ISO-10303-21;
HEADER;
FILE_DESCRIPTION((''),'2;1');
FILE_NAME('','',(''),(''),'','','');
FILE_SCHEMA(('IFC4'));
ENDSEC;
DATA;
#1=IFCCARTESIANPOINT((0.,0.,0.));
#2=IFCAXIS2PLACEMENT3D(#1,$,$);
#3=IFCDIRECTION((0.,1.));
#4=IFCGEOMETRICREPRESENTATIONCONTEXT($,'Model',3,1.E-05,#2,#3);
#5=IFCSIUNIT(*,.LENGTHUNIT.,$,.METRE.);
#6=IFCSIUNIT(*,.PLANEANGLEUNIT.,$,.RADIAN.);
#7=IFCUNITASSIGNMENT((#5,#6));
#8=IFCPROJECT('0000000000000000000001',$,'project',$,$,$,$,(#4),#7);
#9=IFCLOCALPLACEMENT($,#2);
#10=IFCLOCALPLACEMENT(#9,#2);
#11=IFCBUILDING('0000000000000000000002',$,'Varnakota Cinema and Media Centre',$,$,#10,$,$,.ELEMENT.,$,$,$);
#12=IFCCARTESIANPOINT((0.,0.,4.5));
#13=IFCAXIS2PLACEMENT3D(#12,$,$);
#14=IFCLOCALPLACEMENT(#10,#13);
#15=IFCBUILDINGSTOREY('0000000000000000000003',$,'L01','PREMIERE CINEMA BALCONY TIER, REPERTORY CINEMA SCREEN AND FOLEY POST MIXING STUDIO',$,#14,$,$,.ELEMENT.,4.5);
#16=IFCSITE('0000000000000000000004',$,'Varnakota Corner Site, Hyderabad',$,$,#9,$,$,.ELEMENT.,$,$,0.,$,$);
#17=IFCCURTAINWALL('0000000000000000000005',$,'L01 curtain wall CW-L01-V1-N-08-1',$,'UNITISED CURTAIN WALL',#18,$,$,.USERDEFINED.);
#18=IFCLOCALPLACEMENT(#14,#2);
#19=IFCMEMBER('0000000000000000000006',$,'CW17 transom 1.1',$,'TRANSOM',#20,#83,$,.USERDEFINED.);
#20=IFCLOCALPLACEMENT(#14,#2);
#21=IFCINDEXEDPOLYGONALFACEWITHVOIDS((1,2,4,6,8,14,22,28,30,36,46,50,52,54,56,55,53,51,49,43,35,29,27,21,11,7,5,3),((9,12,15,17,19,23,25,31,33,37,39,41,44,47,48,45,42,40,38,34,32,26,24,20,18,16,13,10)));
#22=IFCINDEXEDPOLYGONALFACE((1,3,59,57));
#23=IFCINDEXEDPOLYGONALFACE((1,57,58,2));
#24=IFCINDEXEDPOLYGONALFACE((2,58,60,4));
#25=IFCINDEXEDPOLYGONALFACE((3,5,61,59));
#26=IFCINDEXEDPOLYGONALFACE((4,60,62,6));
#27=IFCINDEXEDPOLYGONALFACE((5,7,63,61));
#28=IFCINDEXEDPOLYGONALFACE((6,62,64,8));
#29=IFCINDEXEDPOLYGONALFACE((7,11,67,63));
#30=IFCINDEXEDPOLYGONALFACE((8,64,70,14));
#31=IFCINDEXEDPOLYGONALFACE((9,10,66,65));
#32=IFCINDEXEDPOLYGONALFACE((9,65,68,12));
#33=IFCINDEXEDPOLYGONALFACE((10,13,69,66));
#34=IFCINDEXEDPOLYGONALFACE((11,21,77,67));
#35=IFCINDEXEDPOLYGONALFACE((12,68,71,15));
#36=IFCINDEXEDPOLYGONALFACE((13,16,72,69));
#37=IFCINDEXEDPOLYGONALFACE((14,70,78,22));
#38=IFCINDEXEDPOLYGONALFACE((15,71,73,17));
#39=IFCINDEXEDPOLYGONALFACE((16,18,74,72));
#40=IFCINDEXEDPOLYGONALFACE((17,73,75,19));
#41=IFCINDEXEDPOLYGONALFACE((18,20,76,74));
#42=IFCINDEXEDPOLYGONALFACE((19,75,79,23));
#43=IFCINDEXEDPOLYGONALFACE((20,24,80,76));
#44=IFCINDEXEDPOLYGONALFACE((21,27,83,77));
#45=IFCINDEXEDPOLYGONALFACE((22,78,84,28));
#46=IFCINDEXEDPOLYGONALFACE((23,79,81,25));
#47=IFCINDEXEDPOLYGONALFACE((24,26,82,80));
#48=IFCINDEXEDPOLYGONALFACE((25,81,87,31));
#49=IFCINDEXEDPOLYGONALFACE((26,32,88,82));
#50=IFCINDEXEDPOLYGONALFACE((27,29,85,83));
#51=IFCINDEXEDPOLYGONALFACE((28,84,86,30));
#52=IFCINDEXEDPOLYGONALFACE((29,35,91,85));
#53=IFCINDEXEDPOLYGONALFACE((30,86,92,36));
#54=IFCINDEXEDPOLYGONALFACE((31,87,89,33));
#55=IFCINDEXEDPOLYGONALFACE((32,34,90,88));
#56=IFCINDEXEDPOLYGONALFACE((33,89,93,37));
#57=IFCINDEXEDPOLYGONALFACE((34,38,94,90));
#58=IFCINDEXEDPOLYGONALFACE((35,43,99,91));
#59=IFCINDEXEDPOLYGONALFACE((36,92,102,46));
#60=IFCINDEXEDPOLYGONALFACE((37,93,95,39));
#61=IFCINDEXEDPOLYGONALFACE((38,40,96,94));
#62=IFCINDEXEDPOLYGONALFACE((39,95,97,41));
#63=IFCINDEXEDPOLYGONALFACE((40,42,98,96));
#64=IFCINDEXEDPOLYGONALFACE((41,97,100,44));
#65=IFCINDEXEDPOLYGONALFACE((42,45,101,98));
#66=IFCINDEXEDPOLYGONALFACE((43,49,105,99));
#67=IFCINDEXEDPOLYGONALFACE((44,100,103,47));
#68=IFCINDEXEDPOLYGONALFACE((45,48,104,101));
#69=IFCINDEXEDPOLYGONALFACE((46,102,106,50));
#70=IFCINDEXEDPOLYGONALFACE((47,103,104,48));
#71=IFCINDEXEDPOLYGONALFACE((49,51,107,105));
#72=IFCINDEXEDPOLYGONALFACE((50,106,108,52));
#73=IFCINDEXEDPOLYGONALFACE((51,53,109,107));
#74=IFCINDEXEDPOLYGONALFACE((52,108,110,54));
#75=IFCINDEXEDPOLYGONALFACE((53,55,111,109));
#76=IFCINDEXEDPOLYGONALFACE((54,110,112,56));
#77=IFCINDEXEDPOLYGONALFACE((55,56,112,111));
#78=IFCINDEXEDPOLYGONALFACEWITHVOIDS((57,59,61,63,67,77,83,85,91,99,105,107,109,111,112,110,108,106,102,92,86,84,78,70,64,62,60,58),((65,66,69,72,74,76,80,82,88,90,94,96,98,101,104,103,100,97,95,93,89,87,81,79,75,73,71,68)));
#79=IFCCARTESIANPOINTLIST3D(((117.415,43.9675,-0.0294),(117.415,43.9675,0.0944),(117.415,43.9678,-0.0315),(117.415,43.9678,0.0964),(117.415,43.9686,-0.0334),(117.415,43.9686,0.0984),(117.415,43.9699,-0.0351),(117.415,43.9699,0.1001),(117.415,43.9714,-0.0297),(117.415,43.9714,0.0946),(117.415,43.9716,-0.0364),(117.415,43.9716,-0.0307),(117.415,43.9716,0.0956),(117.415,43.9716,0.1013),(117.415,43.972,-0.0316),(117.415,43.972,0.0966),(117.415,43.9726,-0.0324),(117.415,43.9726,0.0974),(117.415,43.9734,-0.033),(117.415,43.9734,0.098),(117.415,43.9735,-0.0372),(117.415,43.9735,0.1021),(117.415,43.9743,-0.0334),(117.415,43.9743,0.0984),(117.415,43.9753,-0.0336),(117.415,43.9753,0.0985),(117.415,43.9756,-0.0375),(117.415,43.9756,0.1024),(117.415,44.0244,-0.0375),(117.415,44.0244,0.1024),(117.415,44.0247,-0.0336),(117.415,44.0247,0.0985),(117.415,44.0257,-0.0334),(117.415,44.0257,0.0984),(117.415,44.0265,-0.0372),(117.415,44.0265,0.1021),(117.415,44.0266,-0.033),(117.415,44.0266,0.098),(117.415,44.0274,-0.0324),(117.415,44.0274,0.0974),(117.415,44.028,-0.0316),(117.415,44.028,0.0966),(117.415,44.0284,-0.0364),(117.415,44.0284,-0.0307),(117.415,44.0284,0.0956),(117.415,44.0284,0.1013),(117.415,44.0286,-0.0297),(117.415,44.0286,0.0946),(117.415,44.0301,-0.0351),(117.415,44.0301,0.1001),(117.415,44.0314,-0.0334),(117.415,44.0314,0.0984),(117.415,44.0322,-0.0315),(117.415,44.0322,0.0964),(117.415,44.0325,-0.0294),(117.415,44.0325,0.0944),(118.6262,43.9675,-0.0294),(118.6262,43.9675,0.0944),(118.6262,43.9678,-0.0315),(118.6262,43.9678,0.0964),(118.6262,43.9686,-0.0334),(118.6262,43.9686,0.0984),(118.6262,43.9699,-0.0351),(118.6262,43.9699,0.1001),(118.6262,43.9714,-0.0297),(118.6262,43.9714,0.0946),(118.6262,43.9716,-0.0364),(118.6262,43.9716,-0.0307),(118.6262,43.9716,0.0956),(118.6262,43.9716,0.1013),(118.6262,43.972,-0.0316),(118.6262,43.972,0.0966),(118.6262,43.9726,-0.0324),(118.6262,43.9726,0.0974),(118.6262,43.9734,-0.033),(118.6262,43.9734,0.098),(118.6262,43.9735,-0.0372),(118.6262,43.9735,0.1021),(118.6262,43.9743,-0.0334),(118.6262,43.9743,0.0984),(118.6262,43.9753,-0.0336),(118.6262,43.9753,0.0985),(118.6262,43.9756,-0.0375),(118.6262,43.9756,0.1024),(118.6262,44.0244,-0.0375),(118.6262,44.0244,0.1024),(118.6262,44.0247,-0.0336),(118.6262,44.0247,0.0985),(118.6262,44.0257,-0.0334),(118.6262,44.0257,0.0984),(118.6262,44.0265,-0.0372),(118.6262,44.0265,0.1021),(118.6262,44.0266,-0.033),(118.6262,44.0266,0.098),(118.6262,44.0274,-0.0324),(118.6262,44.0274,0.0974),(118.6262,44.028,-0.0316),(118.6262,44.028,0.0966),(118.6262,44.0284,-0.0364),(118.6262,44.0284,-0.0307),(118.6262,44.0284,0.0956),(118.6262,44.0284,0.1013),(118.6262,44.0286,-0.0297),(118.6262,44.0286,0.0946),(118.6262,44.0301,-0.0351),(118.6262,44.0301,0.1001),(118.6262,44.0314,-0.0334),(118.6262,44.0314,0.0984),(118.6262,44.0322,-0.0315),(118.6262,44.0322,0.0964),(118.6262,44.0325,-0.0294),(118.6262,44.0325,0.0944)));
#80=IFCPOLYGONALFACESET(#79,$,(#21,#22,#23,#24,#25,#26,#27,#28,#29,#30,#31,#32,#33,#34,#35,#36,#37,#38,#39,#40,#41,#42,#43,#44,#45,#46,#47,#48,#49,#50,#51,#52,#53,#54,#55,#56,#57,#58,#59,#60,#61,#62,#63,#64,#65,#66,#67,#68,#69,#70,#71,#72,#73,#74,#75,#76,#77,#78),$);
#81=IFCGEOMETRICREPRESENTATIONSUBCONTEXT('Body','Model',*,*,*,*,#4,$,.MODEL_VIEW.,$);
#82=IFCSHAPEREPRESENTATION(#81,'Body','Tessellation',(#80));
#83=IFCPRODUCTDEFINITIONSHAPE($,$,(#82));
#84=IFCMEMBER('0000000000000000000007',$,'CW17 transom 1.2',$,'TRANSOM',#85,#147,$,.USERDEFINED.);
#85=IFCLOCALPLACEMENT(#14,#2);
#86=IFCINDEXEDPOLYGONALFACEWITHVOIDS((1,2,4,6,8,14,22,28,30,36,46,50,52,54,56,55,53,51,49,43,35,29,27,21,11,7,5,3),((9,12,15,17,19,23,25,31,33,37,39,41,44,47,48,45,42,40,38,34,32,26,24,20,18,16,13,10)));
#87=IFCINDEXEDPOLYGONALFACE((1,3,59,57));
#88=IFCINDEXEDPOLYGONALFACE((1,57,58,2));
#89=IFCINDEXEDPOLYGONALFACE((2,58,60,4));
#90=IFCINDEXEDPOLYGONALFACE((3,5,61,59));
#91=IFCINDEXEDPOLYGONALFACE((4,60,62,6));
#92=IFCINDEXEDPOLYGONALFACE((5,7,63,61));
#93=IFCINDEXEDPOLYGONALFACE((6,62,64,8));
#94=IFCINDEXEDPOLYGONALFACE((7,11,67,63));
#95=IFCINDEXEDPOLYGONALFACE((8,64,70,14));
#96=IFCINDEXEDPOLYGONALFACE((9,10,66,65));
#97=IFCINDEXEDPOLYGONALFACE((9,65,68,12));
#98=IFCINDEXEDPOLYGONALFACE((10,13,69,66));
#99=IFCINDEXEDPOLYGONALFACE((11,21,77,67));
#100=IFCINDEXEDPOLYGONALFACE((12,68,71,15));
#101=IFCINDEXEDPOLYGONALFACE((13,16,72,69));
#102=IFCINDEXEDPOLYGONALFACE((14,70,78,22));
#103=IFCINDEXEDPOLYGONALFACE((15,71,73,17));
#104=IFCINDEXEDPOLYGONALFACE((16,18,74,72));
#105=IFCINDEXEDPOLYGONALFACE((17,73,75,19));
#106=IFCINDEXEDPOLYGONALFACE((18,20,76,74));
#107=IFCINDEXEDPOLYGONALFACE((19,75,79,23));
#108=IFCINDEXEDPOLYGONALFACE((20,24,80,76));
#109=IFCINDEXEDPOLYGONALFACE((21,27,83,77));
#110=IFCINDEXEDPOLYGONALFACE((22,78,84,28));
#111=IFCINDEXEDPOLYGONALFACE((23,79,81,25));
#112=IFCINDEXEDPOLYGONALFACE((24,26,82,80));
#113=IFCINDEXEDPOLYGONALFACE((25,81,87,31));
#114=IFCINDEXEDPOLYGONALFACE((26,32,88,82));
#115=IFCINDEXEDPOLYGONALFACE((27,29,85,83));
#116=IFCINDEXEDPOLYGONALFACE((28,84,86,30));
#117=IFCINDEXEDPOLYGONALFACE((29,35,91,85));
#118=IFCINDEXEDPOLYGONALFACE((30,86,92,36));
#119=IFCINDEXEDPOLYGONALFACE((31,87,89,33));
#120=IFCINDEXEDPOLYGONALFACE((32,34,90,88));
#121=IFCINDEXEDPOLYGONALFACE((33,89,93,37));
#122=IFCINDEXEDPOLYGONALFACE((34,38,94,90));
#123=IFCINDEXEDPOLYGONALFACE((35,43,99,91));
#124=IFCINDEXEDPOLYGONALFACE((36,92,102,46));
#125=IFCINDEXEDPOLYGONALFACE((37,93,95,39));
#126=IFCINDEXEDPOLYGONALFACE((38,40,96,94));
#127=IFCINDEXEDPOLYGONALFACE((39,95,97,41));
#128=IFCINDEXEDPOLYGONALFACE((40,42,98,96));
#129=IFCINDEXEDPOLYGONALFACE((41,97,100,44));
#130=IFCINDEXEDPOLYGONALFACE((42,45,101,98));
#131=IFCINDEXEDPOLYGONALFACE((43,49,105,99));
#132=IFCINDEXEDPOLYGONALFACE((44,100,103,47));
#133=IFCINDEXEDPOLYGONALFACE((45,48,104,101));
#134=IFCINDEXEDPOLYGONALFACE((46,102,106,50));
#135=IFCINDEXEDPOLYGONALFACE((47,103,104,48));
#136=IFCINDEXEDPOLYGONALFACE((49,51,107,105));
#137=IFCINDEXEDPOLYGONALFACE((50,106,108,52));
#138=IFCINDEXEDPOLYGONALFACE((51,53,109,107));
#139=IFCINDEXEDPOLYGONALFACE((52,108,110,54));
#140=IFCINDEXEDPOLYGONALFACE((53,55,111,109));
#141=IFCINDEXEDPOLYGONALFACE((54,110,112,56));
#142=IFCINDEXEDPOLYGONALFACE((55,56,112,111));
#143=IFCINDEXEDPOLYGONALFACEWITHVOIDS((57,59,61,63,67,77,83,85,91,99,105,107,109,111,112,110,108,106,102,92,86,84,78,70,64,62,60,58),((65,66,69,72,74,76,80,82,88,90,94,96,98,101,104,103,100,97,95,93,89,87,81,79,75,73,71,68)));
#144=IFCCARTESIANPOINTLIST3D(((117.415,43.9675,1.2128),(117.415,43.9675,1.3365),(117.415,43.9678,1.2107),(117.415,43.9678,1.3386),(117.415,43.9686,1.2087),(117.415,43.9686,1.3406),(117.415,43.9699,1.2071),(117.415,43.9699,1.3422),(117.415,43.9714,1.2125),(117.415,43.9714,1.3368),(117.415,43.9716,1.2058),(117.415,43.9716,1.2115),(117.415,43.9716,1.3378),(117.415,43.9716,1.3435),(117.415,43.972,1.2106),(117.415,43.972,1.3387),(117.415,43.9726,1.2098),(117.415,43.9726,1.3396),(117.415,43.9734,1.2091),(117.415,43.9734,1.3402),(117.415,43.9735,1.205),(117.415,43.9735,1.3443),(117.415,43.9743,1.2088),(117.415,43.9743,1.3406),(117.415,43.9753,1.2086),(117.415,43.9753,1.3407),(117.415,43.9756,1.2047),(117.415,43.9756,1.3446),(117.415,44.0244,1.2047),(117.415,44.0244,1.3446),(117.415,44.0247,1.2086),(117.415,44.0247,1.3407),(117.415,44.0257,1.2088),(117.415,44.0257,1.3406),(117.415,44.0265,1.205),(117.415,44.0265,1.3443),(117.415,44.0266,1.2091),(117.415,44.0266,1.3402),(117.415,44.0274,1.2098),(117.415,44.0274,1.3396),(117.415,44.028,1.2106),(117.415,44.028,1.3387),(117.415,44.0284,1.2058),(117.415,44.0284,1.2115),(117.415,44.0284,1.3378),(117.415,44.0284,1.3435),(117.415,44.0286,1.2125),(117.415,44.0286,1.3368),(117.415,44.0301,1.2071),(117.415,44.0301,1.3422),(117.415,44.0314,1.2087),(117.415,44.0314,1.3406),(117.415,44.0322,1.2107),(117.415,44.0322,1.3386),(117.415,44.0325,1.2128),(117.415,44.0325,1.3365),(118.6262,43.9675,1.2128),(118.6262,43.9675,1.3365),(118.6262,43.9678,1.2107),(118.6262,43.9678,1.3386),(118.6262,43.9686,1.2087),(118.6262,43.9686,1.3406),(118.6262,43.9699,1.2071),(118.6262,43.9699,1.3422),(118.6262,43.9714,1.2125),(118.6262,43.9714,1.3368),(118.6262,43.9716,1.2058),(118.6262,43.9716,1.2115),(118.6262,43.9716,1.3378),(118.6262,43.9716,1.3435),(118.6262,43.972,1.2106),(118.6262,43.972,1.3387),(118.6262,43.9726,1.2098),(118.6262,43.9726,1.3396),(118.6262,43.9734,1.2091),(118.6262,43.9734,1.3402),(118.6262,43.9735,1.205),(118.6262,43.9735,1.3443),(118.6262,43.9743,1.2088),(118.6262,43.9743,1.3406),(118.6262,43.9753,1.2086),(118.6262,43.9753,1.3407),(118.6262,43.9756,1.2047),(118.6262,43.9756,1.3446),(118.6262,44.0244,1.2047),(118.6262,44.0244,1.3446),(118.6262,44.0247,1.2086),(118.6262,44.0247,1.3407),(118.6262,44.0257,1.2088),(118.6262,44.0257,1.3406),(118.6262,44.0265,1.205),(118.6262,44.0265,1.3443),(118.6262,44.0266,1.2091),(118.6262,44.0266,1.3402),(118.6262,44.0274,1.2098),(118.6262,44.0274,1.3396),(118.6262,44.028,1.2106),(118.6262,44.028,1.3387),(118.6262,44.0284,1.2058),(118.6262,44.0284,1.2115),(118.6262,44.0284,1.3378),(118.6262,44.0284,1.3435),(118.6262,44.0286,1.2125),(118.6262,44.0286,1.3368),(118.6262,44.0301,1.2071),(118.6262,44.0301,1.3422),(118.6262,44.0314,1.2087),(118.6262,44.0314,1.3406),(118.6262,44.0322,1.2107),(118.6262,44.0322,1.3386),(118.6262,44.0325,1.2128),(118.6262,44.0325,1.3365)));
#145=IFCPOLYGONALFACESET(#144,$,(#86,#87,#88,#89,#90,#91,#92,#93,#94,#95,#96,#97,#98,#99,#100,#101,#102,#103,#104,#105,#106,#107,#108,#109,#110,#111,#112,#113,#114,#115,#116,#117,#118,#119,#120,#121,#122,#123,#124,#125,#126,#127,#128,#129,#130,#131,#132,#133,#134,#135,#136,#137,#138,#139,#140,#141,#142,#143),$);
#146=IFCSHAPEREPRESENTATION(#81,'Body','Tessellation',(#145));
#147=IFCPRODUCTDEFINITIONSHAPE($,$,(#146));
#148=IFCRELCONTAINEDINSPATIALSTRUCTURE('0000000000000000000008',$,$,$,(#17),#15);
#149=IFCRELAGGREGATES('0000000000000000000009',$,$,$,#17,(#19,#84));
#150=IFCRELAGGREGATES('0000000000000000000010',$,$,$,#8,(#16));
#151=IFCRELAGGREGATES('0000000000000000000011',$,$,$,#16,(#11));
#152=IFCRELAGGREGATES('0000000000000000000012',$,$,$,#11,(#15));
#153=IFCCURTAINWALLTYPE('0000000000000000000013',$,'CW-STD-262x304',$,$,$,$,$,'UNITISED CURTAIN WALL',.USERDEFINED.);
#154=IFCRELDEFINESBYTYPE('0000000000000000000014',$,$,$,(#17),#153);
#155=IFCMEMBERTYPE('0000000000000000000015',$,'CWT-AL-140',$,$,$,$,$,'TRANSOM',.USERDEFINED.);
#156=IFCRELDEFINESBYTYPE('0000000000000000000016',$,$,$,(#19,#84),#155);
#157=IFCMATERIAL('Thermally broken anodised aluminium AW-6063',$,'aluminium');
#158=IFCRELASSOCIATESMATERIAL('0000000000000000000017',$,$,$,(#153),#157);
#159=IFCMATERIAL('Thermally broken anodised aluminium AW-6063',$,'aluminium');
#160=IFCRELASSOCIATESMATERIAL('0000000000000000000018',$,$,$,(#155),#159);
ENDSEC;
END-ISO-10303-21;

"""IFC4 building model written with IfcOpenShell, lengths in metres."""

from ifc_helpers import new_model, si_unit, direction, frame, origin, origin_2d, place, context, subcontext, project, spatial, hollow_rectangle, extrude, material, material_profile, profile_set, type_object, element, aggregate, save


model = new_model("IFC4")

# Units and contexts
model_context = context("Model", 3, precision=1e-05, world=origin(), true_north=direction((0.0, 1.0)))
body_context = subcontext(model_context, "Body", "Model", "MODEL_VIEW")
ifc_project = project(units=[si_unit("LENGTHUNIT", "METRE"), si_unit("PLANEANGLEUNIT", "RADIAN")], contexts=[model_context])

# Site, building, storey
site_placement = place(None, origin())
site = spatial("IfcSite", under=ifc_project, at=site_placement, Name="Varnakota Corner Site, Hyderabad", CompositionType="ELEMENT", RefElevation=0.0)
building_placement = place(site_placement, origin())
building = spatial("IfcBuilding", under=site, at=building_placement, Name="Varnakota Cinema and Media Centre", CompositionType="ELEMENT")
storey_placement = place(building_placement, frame((0.0, 0.0, 4.5)))
storey = spatial("IfcBuildingStorey", under=building, at=storey_placement, Name="L01", Description="PREMIERE CINEMA BALCONY TIER, REPERTORY CINEMA SCREEN AND FOLEY POST MIXING STUDIO", CompositionType="ELEMENT", Elevation=4.5)

# Shared definitions
ifc_material_1 = material(Name="Thermally broken anodised aluminium AW-6063", Category="aluminium")
curtain_wall_type = type_object("IfcCurtainWallType", Name="CW-STD-262x304", ElementType="UNITISED CURTAIN WALL", PredefinedType="USERDEFINED", material=ifc_material_1)

# Curtain wall
curtain_wall_1_placement = place(storey_placement, origin())
curtain_wall_1 = element("IfcCurtainWall", 1, at=curtain_wall_1_placement, inside=storey, type_object=curtain_wall_type, Name="L01 curtain wall CW-L01-V1-N-08-1", ObjectType="UNITISED CURTAIN WALL", PredefinedType="USERDEFINED")

# Members
ifc_material_2 = material(Name="Thermally broken anodised aluminium AW-6063", Category="aluminium")
ifc_material_profile_1 = material_profile(ifc_material_2, hollow_rectangle(XDim=0.0649, YDim=0.1399, WallThickness=0.0039, InnerFilletRadius=0.0039, OuterFilletRadius=0.0081, at=origin_2d()), Name="AL-TRANSOM 140x65x4")
ifc_profile_set_1 = profile_set([ifc_material_profile_1], Name="Thermally broken anodised aluminium AW-6063")
member_type_1 = type_object("IfcMemberType", Name="CWT-AL-140", ElementType="TRANSOM", PredefinedType="USERDEFINED", material=ifc_profile_set_1)
member_1_placement = place(storey_placement, frame((117.415, 44.0, 0.0325), z_axis=(1.0, 0.0, 0.0), x_axis=(0.0, 1.0, 0.0)))
member_1 = element("IfcMember", 2, at=member_1_placement, type_object=member_type_1, Name="CW17 transom 1.1", ObjectType="TRANSOM", PredefinedType="USERDEFINED", context=body_context, shape_type="SweptSolid", body=[
    extrude(hollow_rectangle(XDim=0.0649, YDim=0.1399, WallThickness=0.0039, InnerFilletRadius=0.0039, OuterFilletRadius=0.0081, at=origin_2d()), origin(), (0.0, 0.0, 1.0), 1.2112),
])
member_2_placement = place(storey_placement, frame((117.415, 44.0, 1.2747), z_axis=(1.0, 0.0, 0.0), x_axis=(0.0, 1.0, 0.0)))
member_2 = element("IfcMember", 3, at=member_2_placement, type_object=member_type_1, Name="CW17 transom 1.2", ObjectType="TRANSOM", PredefinedType="USERDEFINED", context=body_context, shape_type="SweptSolid", body=[
    extrude(hollow_rectangle(XDim=0.0649, YDim=0.1399, WallThickness=0.0039, InnerFilletRadius=0.0039, OuterFilletRadius=0.0081, at=origin_2d()), origin(), (0.0, 0.0, 1.0), 1.2112),
])

aggregate(curtain_wall_1, [member_1, member_2])

save(model, "model.ifc")
